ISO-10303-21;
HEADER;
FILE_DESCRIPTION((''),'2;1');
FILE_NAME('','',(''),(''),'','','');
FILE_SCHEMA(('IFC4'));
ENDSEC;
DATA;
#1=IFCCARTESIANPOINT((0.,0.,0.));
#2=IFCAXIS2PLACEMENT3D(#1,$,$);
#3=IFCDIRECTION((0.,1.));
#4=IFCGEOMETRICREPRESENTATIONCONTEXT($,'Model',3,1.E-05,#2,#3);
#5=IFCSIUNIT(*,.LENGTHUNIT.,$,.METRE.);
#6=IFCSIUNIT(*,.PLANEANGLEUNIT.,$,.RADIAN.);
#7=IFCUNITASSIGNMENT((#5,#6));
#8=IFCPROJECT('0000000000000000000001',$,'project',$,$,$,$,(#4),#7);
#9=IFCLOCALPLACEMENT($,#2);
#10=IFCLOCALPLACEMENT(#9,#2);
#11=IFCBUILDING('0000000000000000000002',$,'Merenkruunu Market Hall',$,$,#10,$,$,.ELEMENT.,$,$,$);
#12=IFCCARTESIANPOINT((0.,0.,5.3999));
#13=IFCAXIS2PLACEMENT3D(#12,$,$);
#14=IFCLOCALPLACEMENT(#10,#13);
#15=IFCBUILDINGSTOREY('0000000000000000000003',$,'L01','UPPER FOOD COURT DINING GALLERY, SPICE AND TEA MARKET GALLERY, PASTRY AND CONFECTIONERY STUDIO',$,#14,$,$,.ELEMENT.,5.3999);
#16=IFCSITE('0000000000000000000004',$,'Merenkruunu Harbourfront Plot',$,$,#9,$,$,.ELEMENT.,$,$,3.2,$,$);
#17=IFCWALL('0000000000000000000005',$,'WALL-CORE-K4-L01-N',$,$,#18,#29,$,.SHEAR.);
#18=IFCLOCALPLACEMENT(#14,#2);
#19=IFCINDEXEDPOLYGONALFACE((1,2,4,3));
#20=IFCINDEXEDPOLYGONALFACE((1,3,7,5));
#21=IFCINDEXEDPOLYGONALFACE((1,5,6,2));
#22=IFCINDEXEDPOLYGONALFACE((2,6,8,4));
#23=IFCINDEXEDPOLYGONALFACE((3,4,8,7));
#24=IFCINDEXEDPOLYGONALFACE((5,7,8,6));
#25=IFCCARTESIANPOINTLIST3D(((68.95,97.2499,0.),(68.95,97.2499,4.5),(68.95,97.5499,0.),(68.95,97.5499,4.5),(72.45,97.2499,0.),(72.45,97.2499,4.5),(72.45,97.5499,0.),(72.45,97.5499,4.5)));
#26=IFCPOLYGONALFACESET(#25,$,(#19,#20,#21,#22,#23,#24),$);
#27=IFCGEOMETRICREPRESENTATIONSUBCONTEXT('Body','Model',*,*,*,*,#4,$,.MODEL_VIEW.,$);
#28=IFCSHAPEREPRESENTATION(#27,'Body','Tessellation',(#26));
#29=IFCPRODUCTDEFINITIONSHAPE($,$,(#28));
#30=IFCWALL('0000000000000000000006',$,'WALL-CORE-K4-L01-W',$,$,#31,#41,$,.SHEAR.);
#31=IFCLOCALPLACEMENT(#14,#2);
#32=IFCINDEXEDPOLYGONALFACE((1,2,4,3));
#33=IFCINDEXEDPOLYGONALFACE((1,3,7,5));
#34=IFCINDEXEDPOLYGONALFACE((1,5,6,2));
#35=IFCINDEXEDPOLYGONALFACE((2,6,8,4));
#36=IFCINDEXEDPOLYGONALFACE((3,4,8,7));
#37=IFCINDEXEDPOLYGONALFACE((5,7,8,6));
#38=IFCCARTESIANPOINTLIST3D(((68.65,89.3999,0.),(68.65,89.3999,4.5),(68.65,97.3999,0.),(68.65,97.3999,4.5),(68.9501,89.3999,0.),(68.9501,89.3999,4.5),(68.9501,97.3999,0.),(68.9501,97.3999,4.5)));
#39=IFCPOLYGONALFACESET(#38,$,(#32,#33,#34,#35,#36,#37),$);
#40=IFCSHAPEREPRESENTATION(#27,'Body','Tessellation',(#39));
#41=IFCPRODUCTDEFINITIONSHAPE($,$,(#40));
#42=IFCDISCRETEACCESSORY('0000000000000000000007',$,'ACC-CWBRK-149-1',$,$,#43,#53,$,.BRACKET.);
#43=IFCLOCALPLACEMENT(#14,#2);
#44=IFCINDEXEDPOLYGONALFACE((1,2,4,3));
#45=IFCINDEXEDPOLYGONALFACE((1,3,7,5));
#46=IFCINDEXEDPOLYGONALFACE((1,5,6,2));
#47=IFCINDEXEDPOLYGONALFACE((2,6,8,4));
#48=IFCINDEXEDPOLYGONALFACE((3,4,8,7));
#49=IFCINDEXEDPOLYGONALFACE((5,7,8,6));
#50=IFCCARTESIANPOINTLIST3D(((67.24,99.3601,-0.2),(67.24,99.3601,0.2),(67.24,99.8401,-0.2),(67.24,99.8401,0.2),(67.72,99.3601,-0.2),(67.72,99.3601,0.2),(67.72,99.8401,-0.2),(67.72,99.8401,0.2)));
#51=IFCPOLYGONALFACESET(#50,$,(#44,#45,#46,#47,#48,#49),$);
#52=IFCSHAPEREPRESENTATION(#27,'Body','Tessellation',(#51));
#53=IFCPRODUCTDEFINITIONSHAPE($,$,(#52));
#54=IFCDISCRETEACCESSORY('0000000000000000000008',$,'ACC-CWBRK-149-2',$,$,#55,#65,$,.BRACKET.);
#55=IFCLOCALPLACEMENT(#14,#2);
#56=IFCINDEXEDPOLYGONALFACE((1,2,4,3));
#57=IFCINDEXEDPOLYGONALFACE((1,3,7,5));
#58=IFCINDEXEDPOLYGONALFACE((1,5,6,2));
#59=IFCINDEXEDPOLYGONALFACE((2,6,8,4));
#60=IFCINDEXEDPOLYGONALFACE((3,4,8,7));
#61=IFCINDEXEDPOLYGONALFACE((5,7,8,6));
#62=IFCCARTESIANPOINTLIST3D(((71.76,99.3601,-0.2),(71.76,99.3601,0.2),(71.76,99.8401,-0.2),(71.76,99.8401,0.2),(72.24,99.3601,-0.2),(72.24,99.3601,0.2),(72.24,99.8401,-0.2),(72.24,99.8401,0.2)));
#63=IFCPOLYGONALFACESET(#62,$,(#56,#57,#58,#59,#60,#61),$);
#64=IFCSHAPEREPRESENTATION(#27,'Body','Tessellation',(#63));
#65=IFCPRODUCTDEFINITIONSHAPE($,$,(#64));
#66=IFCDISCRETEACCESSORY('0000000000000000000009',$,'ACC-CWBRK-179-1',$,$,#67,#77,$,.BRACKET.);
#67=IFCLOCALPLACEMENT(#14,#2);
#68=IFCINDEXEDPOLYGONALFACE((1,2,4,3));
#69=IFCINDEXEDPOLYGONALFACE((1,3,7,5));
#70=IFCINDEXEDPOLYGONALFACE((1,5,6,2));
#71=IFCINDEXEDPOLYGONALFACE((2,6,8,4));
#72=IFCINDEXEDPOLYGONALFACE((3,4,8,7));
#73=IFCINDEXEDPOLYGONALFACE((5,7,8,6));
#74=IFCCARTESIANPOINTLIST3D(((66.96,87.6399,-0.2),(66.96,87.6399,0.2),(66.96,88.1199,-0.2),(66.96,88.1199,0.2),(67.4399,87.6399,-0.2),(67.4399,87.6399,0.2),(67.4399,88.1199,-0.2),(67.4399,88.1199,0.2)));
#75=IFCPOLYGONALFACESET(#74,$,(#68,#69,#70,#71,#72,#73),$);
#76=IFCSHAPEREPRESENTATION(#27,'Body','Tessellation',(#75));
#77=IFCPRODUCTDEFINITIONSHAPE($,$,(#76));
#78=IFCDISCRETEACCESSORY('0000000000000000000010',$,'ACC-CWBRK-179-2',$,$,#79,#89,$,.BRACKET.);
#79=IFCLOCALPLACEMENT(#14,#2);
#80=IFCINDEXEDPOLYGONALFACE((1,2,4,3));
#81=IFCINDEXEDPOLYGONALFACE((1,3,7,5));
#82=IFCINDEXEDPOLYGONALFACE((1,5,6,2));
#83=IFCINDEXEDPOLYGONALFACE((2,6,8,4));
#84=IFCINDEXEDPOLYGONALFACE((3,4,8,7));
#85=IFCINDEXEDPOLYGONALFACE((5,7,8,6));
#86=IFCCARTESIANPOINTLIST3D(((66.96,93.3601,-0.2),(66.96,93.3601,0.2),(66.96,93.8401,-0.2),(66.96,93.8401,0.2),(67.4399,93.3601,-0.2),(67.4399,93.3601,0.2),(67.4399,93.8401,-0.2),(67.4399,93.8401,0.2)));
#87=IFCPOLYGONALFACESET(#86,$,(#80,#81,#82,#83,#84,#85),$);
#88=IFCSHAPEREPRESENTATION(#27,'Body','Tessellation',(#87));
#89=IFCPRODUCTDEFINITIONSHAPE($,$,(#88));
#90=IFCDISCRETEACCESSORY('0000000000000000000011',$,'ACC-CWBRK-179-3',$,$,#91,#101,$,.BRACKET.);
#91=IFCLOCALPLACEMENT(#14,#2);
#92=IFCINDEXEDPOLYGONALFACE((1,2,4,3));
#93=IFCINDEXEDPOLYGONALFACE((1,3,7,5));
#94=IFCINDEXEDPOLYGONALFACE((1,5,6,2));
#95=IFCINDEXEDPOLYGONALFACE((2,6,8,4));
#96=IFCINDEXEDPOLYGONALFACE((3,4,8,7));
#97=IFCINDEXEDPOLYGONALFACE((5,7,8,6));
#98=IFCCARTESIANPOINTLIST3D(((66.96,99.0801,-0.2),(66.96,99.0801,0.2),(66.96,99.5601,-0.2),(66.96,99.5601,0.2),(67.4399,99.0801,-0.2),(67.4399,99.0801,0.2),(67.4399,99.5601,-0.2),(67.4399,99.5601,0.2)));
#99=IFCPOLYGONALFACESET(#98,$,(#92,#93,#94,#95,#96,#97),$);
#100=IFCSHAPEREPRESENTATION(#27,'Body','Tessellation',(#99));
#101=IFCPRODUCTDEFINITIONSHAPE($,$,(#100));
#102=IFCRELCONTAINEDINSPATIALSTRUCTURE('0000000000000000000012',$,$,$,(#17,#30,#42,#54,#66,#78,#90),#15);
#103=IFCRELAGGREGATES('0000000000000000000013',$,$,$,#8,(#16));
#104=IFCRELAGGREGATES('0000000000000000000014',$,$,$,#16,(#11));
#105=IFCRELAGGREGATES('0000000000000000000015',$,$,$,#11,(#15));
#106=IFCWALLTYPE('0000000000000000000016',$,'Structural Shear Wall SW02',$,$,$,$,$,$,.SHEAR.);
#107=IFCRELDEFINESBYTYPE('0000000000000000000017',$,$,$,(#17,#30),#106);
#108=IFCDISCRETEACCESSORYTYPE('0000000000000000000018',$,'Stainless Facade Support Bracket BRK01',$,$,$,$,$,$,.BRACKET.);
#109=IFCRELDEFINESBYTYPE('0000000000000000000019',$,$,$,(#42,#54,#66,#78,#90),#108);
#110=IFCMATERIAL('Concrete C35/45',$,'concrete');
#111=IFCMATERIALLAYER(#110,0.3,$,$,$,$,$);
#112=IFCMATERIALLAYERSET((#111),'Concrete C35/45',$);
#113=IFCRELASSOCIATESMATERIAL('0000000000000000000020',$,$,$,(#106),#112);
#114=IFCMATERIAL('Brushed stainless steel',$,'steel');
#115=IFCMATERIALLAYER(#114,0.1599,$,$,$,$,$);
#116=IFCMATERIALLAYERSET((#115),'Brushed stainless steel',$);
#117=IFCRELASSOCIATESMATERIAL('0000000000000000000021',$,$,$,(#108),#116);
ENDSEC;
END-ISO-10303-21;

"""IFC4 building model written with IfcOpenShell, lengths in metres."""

from ifc_helpers import new_model, si_unit, direction, frame, frame_2d, origin, origin_2d, place, context, subcontext, project, spatial, rectangle, extrude, material, layer, layer_set, type_object, element, save


model = new_model("IFC4")

# Units and contexts
model_context = context("Model", 3, precision=1e-05, world=origin(), true_north=direction((0.0, 1.0)))
body_context = subcontext(model_context, "Body", "Model", "MODEL_VIEW")
ifc_project = project(units=[si_unit("LENGTHUNIT", "METRE"), si_unit("PLANEANGLEUNIT", "RADIAN")], contexts=[model_context])

# Site, building, storey
site_placement = place(None, origin())
site = spatial("IfcSite", under=ifc_project, at=site_placement, Name="Merenkruunu Harbourfront Plot", CompositionType="ELEMENT", RefElevation=3.2)
building_placement = place(site_placement, origin())
building = spatial("IfcBuilding", under=site, at=building_placement, Name="Merenkruunu Market Hall", CompositionType="ELEMENT")
storey_placement = place(building_placement, frame((0.0, 0.0, 5.3999)))
storey = spatial("IfcBuildingStorey", under=building, at=storey_placement, Name="L01", Description="UPPER FOOD COURT DINING GALLERY, SPICE AND TEA MARKET GALLERY, PASTRY AND CONFECTIONERY STUDIO", CompositionType="ELEMENT", Elevation=5.3999)

# Shared definitions
ifc_material_1 = material(Name="Concrete C35/45", Category="concrete")
ifc_layer_1 = layer(ifc_material_1, 0.3)
ifc_layer_set_1 = layer_set([ifc_layer_1], Name="Concrete C35/45")
wall_type = type_object("IfcWallType", Name="Structural Shear Wall SW02", PredefinedType="SHEAR", material=ifc_layer_set_1)

# Walls
wall_1_placement = place(storey_placement, frame((72.45, 97.3999, 0.0), z_axis=(0.0, 0.0, 1.0), x_axis=(-1.0, 0.0, 0.0)))
element("IfcWall", 1, at=wall_1_placement, inside=storey, type_object=wall_type, Name="WALL-CORE-K4-L01-N", PredefinedType="SHEAR", context=body_context, shape_type="SweptSolid", body=[
    extrude(rectangle(XDim=3.5, YDim=0.3, at=frame_2d((1.75, 0.0))), origin(), (0.0, 0.0, 1.0), 4.5),
])
wall_2_placement = place(storey_placement, frame((68.8, 97.3999, 0.0), z_axis=(0.0, 0.0, 1.0), x_axis=(0.0, -1.0, 0.0)))
element("IfcWall", 2, at=wall_2_placement, inside=storey, type_object=wall_type, Name="WALL-CORE-K4-L01-W", PredefinedType="SHEAR", context=body_context, shape_type="SweptSolid", body=[
    extrude(rectangle(XDim=8.0, YDim=0.3, at=frame_2d((4.0, 0.0))), origin(), (0.0, 0.0, 1.0), 4.5),
])

# Shared definitions
ifc_material_2 = material(Name="Brushed stainless steel", Category="steel")

# Discrete accessories
ifc_layer_2 = layer(ifc_material_2, 0.1599)
ifc_layer_set_2 = layer_set([ifc_layer_2], Name="Brushed stainless steel")
discrete_accessory_type = type_object("IfcDiscreteAccessoryType", Name="Stainless Facade Support Bracket BRK01", PredefinedType="BRACKET", material=ifc_layer_set_2)
for number, where, z_axis, x_axis, name in (
    (3, (67.48, 99.6001, -0.2), (0.0, 0.0, 1.0), (1.0, 0.0, 0.0), "ACC-CWBRK-149-1"),
    (4, (72.0, 99.6001, -0.2), (0.0, 0.0, 1.0), (1.0, 0.0, 0.0), "ACC-CWBRK-149-2"),
    (5, (67.2, 87.8799, -0.2), (0.0, 0.0, 1.0), (1.0, 0.0, 0.0), "ACC-CWBRK-179-1"),
    (6, (67.2, 93.6001, -0.2), (0.0, 0.0, 1.0), (1.0, 0.0, 0.0), "ACC-CWBRK-179-2"),
    (7, (67.2, 99.3201, -0.2), (0.0, 0.0, 1.0), (1.0, 0.0, 0.0), "ACC-CWBRK-179-3"),
):
    element("IfcDiscreteAccessory", number, at=place(storey_placement, frame(where, z_axis=z_axis, x_axis=x_axis)), inside=storey, type_object=discrete_accessory_type, Name=name, PredefinedType="BRACKET", context=body_context, shape_type="SweptSolid", body=[
        extrude(rectangle(XDim=0.48, YDim=0.48, at=origin_2d()), origin(), (0.0, 0.0, 1.0), 0.3999),
    ])

save(model, "model.ifc")
